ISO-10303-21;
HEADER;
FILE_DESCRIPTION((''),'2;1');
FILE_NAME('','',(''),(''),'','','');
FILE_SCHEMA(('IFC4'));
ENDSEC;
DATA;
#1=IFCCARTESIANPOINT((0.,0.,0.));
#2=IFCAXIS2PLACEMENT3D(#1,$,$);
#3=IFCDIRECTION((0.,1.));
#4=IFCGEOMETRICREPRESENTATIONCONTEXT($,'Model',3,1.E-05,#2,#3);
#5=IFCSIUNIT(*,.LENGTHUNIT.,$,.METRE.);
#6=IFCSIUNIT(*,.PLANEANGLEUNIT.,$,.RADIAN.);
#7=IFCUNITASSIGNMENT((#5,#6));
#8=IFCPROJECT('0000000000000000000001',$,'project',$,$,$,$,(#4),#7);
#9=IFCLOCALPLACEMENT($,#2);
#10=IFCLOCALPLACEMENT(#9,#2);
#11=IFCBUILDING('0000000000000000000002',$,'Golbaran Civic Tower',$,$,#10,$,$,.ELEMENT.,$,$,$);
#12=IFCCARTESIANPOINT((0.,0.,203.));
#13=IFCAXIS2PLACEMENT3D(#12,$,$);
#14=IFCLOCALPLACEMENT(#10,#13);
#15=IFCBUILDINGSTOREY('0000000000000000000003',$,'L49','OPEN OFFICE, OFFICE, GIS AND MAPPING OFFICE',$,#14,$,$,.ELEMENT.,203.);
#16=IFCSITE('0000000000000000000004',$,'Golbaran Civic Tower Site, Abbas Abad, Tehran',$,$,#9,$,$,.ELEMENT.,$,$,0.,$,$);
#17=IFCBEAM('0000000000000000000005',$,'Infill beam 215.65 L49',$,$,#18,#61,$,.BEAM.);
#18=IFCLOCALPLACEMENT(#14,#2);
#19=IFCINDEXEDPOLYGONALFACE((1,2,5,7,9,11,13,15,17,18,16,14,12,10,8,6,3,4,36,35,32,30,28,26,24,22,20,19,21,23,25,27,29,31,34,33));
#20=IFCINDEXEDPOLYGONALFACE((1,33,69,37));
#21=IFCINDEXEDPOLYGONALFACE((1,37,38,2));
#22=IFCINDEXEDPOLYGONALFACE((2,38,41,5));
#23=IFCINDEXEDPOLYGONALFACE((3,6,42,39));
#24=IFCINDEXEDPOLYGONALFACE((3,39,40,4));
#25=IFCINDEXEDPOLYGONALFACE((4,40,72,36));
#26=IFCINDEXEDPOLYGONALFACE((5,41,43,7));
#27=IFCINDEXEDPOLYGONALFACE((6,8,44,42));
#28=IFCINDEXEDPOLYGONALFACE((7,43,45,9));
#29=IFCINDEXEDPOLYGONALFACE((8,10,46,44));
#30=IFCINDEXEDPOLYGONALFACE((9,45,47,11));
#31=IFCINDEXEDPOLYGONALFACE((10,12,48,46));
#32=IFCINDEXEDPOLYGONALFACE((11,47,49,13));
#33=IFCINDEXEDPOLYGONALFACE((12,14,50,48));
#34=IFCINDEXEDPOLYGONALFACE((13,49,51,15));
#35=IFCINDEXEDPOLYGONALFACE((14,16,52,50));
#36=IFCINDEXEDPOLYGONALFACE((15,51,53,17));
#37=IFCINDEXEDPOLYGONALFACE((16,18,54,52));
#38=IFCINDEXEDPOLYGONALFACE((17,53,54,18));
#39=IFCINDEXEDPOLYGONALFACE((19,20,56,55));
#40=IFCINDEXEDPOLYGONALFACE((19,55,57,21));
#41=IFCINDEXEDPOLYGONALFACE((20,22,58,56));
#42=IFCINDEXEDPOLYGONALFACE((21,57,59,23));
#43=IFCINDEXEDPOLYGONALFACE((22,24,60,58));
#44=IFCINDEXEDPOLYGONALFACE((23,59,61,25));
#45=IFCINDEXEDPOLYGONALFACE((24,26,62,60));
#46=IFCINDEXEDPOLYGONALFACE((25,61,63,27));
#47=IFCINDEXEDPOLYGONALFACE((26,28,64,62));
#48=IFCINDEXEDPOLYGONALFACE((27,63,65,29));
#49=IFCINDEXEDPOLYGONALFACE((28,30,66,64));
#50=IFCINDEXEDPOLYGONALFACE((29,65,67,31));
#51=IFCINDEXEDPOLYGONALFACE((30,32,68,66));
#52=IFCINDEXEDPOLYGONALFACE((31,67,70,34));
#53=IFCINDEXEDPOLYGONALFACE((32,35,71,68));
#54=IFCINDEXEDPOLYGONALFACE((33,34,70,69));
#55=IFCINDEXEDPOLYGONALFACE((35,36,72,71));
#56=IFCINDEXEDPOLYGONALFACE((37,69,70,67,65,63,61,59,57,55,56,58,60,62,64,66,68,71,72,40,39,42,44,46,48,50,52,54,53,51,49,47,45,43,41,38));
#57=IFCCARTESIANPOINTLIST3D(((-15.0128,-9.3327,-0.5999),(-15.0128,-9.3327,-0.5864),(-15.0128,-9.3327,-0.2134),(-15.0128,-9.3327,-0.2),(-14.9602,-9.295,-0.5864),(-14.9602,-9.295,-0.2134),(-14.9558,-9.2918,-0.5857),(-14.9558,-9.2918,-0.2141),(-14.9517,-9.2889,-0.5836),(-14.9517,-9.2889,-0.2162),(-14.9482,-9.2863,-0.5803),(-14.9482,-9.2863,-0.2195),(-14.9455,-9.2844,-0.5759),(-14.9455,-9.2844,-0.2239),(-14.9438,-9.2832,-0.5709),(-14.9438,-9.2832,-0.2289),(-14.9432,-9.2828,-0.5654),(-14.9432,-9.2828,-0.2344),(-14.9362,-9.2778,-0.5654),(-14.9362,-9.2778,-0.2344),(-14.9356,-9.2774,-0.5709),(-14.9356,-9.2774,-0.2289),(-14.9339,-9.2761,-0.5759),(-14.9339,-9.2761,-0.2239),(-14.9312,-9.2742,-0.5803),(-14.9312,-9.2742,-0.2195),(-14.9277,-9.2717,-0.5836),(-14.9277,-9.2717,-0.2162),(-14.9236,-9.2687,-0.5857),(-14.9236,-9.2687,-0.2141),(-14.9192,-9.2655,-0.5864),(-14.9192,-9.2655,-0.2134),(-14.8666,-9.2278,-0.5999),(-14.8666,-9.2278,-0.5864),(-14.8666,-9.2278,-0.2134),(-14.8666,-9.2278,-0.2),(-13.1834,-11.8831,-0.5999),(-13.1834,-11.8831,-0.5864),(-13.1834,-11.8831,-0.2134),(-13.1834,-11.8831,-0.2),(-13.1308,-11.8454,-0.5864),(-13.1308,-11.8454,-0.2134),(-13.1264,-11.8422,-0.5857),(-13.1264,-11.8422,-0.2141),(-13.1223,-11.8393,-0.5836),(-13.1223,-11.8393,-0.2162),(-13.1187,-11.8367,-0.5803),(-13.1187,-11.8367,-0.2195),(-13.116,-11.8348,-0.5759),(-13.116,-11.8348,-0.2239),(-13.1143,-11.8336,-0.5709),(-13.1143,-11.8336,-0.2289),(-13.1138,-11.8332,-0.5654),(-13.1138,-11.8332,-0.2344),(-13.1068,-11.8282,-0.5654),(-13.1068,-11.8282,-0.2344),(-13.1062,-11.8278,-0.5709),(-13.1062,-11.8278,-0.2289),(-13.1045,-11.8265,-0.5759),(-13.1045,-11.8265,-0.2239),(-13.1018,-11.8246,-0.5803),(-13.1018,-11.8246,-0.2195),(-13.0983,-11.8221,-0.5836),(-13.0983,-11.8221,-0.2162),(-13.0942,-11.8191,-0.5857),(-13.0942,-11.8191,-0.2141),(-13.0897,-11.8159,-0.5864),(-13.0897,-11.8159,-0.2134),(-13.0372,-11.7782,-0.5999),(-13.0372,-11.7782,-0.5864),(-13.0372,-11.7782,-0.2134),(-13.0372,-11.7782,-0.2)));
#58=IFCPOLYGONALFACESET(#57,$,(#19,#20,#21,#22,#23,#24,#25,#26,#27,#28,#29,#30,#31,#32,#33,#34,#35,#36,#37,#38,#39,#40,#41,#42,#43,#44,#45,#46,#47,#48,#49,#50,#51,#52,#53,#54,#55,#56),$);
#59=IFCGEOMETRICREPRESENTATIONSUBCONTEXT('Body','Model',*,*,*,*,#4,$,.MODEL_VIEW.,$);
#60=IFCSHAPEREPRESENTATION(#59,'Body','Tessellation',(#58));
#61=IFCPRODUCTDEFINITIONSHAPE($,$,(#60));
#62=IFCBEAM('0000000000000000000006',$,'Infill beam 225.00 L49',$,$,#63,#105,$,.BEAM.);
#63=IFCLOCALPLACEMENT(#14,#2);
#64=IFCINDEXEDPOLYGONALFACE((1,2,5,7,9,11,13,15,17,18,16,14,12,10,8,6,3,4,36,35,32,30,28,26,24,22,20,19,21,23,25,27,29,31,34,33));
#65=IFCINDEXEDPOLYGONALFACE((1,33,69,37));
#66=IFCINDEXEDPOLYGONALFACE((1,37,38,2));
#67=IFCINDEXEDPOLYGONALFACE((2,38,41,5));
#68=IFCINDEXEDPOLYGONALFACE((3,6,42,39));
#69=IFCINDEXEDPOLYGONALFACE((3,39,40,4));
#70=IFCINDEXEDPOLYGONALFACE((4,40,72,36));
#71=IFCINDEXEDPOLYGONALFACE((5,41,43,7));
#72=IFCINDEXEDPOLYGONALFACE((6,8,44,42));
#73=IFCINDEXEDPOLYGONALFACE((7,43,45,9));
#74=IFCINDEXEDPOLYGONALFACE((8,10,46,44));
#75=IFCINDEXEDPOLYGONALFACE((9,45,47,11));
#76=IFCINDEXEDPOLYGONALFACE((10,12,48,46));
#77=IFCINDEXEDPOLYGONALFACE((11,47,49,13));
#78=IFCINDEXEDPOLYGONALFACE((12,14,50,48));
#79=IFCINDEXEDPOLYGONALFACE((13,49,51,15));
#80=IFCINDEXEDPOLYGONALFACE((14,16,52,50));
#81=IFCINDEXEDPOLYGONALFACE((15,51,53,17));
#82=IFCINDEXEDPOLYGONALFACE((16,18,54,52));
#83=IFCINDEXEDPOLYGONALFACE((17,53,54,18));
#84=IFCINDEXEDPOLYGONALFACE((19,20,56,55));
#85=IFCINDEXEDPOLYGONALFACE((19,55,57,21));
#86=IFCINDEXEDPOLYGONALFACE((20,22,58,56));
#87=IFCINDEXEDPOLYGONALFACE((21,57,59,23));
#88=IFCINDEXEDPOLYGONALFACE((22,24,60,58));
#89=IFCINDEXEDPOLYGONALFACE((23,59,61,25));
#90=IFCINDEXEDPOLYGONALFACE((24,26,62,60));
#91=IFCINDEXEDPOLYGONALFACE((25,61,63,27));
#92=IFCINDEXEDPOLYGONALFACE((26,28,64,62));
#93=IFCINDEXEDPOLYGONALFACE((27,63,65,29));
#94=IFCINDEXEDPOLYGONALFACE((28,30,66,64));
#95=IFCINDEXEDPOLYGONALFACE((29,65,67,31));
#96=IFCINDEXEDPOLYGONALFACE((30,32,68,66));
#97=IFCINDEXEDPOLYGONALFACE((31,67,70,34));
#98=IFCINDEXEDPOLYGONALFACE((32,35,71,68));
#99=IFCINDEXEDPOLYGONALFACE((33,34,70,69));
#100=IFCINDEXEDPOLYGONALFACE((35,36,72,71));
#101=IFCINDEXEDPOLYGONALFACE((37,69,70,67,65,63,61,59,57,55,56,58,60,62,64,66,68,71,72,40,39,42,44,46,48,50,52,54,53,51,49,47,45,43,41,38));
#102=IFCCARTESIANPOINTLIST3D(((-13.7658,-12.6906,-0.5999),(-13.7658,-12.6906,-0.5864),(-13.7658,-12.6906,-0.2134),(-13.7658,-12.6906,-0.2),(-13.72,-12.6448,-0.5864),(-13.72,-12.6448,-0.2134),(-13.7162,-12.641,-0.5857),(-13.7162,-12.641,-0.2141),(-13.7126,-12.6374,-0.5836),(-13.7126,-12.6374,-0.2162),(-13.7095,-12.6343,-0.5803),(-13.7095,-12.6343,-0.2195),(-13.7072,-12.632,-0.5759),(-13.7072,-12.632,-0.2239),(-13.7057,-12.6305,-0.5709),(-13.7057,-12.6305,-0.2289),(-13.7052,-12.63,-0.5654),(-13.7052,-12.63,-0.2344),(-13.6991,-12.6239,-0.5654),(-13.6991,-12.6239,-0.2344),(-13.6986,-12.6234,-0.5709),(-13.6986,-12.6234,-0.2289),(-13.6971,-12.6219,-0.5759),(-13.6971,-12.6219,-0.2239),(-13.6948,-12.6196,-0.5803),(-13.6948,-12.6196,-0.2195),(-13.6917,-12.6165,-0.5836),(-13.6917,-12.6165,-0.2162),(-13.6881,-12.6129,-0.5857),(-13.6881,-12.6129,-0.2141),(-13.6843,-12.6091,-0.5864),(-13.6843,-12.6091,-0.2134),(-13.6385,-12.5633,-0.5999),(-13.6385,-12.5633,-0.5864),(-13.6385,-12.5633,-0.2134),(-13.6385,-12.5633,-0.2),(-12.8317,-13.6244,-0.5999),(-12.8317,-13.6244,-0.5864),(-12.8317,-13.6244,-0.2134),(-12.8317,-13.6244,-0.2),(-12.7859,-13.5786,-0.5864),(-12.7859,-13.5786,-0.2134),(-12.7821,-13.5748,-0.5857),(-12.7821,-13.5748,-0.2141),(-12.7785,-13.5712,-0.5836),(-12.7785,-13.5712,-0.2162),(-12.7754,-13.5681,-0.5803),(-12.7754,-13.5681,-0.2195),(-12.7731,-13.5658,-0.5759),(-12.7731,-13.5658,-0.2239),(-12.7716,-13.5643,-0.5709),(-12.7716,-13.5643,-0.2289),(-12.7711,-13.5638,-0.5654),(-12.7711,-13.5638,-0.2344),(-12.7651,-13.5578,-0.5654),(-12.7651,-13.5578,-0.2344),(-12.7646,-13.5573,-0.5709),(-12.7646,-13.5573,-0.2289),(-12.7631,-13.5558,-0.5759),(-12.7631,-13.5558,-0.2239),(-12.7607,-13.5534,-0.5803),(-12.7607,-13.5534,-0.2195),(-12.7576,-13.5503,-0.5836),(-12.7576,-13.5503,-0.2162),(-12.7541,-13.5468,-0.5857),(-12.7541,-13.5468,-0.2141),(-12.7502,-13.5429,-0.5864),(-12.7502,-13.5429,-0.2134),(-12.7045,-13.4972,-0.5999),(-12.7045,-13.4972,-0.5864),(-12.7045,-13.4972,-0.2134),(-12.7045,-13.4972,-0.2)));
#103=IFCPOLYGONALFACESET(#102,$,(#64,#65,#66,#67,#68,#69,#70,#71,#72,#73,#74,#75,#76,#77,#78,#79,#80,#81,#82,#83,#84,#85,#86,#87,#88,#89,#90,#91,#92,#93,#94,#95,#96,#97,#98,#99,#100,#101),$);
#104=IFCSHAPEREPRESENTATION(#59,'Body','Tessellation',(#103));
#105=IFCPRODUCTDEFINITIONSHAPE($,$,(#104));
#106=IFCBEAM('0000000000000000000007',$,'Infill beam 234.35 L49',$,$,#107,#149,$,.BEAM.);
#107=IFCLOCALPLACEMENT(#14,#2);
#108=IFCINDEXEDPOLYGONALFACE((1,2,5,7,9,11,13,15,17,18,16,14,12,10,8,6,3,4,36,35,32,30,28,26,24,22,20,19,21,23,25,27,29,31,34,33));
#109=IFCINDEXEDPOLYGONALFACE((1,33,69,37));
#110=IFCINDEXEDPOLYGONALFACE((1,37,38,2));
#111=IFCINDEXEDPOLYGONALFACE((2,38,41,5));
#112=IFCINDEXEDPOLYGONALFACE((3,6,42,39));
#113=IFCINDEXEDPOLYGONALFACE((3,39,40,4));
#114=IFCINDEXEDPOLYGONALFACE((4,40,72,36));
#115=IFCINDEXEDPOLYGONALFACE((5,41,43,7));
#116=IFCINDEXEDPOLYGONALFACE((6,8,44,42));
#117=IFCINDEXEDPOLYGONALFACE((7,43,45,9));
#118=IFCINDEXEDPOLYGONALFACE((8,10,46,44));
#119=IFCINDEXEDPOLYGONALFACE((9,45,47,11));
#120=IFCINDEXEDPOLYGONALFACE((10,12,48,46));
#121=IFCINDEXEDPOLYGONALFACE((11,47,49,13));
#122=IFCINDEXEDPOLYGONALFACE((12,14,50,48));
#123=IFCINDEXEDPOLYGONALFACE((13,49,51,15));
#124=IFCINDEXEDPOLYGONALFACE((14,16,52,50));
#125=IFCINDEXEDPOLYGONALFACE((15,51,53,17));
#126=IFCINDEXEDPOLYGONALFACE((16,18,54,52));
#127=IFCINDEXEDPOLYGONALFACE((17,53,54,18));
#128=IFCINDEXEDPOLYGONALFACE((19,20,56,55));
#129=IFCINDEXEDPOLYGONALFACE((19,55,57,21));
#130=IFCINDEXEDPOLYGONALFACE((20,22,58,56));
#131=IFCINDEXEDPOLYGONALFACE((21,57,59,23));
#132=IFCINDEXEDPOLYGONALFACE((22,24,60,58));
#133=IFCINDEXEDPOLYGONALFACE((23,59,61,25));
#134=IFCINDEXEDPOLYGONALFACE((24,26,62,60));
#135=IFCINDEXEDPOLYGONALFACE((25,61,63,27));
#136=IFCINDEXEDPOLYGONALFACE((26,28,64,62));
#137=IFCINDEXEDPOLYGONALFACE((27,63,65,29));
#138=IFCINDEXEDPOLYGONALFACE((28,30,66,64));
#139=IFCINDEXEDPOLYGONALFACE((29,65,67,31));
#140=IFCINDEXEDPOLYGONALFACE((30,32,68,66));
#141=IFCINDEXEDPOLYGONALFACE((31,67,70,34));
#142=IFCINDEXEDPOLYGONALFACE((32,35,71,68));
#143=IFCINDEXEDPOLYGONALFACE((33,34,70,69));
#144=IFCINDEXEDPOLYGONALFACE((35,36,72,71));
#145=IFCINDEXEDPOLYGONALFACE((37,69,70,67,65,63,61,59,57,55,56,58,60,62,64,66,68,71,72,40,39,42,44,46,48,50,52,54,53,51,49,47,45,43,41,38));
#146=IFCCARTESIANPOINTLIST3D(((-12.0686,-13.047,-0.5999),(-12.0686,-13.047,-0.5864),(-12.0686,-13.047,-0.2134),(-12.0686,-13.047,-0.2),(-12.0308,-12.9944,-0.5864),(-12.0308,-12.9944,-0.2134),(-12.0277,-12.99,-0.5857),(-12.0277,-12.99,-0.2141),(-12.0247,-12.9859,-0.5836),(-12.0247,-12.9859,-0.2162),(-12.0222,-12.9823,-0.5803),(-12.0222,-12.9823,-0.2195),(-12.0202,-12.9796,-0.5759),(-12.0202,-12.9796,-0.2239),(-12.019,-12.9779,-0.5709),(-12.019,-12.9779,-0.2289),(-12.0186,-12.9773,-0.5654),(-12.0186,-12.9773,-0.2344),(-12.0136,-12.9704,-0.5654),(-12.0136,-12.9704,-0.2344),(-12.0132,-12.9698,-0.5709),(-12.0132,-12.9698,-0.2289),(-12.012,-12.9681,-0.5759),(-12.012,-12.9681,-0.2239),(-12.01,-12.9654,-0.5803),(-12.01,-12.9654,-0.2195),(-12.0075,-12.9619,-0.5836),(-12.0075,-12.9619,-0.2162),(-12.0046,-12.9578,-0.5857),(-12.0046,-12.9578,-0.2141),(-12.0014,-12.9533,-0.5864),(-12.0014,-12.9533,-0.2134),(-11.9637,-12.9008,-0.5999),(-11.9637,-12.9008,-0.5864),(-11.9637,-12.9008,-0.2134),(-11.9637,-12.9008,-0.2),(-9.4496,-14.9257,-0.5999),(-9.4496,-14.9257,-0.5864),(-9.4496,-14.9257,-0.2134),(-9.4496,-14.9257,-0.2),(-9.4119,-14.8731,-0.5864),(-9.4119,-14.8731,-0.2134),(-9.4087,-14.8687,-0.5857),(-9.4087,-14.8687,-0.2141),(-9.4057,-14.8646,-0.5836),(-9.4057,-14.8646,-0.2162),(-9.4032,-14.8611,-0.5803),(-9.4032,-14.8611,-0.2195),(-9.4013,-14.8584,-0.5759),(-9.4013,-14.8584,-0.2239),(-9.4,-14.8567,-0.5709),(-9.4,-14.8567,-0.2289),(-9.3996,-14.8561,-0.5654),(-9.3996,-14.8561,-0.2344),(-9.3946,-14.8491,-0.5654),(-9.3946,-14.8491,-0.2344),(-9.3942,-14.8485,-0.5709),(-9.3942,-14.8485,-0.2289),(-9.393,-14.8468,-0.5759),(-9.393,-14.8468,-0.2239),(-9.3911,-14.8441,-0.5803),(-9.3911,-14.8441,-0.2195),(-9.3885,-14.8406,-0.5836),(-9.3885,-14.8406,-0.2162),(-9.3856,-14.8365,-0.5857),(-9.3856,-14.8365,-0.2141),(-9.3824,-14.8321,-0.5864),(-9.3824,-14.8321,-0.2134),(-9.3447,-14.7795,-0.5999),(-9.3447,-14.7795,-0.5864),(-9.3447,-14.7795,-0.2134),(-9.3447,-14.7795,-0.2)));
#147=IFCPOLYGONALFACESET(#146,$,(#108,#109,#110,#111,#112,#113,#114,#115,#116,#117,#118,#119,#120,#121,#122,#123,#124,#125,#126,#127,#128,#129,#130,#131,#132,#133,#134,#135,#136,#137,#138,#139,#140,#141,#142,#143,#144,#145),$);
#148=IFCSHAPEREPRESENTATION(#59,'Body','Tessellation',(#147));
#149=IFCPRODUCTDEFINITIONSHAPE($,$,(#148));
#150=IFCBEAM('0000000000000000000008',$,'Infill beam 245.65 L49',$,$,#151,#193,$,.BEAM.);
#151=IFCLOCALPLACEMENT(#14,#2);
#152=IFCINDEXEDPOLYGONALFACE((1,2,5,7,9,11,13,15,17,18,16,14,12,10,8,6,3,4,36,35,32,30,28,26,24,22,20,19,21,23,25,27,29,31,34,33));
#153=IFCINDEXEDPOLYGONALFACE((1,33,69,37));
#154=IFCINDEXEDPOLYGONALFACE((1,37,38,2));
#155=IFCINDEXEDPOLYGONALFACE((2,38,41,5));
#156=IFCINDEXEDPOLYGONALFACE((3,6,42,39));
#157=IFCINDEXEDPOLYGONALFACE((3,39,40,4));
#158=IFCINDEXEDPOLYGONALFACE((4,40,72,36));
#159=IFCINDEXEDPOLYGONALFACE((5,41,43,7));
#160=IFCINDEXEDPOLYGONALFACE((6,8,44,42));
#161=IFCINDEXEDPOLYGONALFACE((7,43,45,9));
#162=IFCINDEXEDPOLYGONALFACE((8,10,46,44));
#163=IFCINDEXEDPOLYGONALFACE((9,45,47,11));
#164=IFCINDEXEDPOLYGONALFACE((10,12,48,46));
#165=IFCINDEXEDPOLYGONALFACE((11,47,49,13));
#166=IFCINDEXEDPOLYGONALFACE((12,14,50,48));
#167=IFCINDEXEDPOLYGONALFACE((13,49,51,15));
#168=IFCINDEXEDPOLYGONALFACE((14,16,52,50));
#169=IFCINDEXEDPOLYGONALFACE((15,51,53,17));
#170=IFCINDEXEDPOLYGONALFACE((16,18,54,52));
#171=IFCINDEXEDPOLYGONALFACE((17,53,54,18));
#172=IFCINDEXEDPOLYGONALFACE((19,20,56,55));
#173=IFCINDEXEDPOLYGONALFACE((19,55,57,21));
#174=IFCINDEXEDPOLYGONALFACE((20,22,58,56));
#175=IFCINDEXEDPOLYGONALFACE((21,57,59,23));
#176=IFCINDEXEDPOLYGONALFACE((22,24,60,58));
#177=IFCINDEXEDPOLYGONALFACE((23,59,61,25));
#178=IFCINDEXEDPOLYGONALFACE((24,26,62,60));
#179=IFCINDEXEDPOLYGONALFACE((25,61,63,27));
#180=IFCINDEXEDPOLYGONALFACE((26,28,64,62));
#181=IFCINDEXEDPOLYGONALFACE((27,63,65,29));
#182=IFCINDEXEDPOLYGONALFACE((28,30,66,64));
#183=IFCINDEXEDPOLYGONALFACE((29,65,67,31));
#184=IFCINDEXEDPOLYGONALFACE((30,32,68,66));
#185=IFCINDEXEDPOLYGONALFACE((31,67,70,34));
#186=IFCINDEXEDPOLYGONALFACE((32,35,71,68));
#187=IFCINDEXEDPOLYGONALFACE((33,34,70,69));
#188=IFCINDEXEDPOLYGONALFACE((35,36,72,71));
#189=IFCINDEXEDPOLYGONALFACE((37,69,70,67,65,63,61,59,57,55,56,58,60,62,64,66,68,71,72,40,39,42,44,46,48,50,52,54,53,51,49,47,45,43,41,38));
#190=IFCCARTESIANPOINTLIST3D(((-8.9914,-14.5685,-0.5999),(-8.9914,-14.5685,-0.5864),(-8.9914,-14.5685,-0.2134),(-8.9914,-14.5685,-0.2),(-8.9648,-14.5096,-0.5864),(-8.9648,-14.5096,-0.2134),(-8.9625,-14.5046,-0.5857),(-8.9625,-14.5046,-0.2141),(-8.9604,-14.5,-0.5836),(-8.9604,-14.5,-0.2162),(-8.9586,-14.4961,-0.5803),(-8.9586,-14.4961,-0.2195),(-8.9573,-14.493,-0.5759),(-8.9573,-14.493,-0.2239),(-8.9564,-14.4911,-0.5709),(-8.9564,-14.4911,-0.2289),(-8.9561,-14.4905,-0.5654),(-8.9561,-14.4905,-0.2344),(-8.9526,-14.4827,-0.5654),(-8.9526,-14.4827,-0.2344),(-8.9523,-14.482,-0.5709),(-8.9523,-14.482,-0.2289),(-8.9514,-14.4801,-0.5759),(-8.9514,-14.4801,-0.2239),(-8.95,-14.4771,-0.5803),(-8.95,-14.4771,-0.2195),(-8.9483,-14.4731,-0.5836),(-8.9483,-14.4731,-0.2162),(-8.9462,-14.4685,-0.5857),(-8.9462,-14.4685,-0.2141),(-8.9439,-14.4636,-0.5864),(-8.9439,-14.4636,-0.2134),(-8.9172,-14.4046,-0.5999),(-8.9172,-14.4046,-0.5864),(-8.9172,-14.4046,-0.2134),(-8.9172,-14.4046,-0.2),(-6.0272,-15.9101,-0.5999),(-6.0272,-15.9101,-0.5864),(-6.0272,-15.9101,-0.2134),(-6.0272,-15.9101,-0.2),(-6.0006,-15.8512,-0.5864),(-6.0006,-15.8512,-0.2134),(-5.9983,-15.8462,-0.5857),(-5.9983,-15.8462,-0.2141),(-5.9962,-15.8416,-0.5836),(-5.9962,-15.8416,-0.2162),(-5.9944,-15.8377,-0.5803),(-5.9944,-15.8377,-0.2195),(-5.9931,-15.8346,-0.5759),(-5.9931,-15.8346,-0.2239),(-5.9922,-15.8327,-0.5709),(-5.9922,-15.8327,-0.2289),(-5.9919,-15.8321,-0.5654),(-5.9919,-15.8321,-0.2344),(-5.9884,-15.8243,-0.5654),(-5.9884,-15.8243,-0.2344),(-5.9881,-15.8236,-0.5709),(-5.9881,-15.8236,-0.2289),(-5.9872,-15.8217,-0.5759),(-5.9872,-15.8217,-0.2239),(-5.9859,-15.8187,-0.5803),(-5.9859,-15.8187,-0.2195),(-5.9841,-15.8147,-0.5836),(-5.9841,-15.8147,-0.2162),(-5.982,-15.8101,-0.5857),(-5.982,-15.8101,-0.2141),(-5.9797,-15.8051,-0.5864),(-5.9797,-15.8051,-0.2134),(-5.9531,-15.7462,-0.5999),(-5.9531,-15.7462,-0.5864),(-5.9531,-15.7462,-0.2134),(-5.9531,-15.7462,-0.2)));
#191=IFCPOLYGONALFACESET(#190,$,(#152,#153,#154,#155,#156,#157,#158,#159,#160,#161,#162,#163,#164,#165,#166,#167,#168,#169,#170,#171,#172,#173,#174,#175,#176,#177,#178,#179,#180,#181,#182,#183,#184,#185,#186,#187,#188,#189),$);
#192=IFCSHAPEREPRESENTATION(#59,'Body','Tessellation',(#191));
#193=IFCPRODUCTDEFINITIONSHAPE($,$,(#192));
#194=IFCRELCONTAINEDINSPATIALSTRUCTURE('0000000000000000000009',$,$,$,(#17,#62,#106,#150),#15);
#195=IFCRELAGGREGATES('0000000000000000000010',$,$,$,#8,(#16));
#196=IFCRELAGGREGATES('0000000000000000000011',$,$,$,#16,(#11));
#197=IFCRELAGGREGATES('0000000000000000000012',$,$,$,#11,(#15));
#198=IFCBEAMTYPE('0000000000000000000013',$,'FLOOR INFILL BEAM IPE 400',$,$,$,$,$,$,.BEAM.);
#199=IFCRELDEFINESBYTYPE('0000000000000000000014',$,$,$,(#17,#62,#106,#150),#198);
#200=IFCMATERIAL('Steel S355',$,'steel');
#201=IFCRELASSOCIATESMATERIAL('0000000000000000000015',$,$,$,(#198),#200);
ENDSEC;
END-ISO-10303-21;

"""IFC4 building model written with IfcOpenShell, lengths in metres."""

from ifc_helpers import new_model, si_unit, direction, frame, origin, origin_2d, place, context, subcontext, project, spatial, i_section, extrude, material, material_profile, profile_set, type_object, element, save


model = new_model("IFC4")

# Units and contexts
model_context = context("Model", 3, precision=1e-05, world=origin(), true_north=direction((0.0, 1.0)))
body_context = subcontext(model_context, "Body", "Model", "MODEL_VIEW")
ifc_project = project(units=[si_unit("LENGTHUNIT", "METRE"), si_unit("PLANEANGLEUNIT", "RADIAN")], contexts=[model_context])

# Site, building, storey
site_placement = place(None, origin())
site = spatial("IfcSite", under=ifc_project, at=site_placement, Name="Golbaran Civic Tower Site, Abbas Abad, Tehran", CompositionType="ELEMENT", RefElevation=0.0)
building_placement = place(site_placement, origin())
building = spatial("IfcBuilding", under=site, at=building_placement, Name="Golbaran Civic Tower", CompositionType="ELEMENT")
storey_placement = place(building_placement, frame((0.0, 0.0, 203.0)))
storey = spatial("IfcBuildingStorey", under=building, at=storey_placement, Name="L49", Description="OPEN OFFICE, OFFICE, GIS AND MAPPING OFFICE", CompositionType="ELEMENT", Elevation=203.0)

# Beams
ifc_material_1 = material(Name="Steel S355", Category="steel")
ifc_material_profile_1 = material_profile(ifc_material_1, i_section(OverallWidth=0.1799, OverallDepth=0.3999, WebThickness=0.0085, FlangeThickness=0.0134, FilletRadius=0.021, at=origin_2d()), Name="IPE 400")
ifc_profile_set_1 = profile_set([ifc_material_profile_1], Name="Steel S355")
beam_type_1 = type_object("IfcBeamType", Name="FLOOR INFILL BEAM IPE 400", PredefinedType="BEAM", material=ifc_profile_set_1)
beam_1_placement = place(storey_placement, frame((-14.9397, -9.2803, -0.3999), z_axis=(0.582863, -0.81257, 0.0), x_axis=(0.81257, 0.582863, 0.0)))
element("IfcBeam", 1, at=beam_1_placement, inside=storey, type_object=beam_type_1, Name="Infill beam 215.65 L49", PredefinedType="BEAM", context=body_context, shape_type="SweptSolid", body=[
    extrude(i_section(OverallWidth=0.1799, OverallDepth=0.3999, WebThickness=0.0085, FlangeThickness=0.0134, FilletRadius=0.021, at=origin_2d()), origin(), (0.0, 0.0, 1.0), 3.1387),
])
beam_2_placement = place(storey_placement, frame((-13.7021, -12.627, -0.3999), z_axis=(0.707199, -0.707014, 0.0), x_axis=(0.707014, 0.707199, 0.0)))
element("IfcBeam", 2, at=beam_2_placement, inside=storey, type_object=beam_type_1, Name="Infill beam 225.00 L49", PredefinedType="BEAM", context=body_context, shape_type="SweptSolid", body=[
    extrude(i_section(OverallWidth=0.1799, OverallDepth=0.3999, WebThickness=0.0085, FlangeThickness=0.0134, FilletRadius=0.021, at=origin_2d()), origin(), (0.0, 0.0, 1.0), 1.3208),
])
beam_3_placement = place(storey_placement, frame((-12.0161, -12.9739, -0.3999), z_axis=(0.812555, -0.582885, 0.0), x_axis=(0.582885, 0.812555, 0.0)))
element("IfcBeam", 3, at=beam_3_placement, inside=storey, type_object=beam_type_1, Name="Infill beam 234.35 L49", PredefinedType="BEAM", context=body_context, shape_type="SweptSolid", body=[
    extrude(i_section(OverallWidth=0.1799, OverallDepth=0.3999, WebThickness=0.0085, FlangeThickness=0.0134, FilletRadius=0.021, at=origin_2d()), origin(), (0.0, 0.0, 1.0), 3.2231),
])
beam_4_placement = place(storey_placement, frame((-8.9543, -14.4866, -0.3999), z_axis=(0.911033, -0.412332, 0.0), x_axis=(0.412332, 0.911033, 0.0)))
element("IfcBeam", 4, at=beam_4_placement, inside=storey, type_object=beam_type_1, Name="Infill beam 245.65 L49", PredefinedType="BEAM", context=body_context, shape_type="SweptSolid", body=[
    extrude(i_section(OverallWidth=0.1799, OverallDepth=0.3999, WebThickness=0.0085, FlangeThickness=0.0134, FilletRadius=0.021, at=origin_2d()), origin(), (0.0, 0.0, 1.0), 3.2537),
])

save(model, "model.ifc")
